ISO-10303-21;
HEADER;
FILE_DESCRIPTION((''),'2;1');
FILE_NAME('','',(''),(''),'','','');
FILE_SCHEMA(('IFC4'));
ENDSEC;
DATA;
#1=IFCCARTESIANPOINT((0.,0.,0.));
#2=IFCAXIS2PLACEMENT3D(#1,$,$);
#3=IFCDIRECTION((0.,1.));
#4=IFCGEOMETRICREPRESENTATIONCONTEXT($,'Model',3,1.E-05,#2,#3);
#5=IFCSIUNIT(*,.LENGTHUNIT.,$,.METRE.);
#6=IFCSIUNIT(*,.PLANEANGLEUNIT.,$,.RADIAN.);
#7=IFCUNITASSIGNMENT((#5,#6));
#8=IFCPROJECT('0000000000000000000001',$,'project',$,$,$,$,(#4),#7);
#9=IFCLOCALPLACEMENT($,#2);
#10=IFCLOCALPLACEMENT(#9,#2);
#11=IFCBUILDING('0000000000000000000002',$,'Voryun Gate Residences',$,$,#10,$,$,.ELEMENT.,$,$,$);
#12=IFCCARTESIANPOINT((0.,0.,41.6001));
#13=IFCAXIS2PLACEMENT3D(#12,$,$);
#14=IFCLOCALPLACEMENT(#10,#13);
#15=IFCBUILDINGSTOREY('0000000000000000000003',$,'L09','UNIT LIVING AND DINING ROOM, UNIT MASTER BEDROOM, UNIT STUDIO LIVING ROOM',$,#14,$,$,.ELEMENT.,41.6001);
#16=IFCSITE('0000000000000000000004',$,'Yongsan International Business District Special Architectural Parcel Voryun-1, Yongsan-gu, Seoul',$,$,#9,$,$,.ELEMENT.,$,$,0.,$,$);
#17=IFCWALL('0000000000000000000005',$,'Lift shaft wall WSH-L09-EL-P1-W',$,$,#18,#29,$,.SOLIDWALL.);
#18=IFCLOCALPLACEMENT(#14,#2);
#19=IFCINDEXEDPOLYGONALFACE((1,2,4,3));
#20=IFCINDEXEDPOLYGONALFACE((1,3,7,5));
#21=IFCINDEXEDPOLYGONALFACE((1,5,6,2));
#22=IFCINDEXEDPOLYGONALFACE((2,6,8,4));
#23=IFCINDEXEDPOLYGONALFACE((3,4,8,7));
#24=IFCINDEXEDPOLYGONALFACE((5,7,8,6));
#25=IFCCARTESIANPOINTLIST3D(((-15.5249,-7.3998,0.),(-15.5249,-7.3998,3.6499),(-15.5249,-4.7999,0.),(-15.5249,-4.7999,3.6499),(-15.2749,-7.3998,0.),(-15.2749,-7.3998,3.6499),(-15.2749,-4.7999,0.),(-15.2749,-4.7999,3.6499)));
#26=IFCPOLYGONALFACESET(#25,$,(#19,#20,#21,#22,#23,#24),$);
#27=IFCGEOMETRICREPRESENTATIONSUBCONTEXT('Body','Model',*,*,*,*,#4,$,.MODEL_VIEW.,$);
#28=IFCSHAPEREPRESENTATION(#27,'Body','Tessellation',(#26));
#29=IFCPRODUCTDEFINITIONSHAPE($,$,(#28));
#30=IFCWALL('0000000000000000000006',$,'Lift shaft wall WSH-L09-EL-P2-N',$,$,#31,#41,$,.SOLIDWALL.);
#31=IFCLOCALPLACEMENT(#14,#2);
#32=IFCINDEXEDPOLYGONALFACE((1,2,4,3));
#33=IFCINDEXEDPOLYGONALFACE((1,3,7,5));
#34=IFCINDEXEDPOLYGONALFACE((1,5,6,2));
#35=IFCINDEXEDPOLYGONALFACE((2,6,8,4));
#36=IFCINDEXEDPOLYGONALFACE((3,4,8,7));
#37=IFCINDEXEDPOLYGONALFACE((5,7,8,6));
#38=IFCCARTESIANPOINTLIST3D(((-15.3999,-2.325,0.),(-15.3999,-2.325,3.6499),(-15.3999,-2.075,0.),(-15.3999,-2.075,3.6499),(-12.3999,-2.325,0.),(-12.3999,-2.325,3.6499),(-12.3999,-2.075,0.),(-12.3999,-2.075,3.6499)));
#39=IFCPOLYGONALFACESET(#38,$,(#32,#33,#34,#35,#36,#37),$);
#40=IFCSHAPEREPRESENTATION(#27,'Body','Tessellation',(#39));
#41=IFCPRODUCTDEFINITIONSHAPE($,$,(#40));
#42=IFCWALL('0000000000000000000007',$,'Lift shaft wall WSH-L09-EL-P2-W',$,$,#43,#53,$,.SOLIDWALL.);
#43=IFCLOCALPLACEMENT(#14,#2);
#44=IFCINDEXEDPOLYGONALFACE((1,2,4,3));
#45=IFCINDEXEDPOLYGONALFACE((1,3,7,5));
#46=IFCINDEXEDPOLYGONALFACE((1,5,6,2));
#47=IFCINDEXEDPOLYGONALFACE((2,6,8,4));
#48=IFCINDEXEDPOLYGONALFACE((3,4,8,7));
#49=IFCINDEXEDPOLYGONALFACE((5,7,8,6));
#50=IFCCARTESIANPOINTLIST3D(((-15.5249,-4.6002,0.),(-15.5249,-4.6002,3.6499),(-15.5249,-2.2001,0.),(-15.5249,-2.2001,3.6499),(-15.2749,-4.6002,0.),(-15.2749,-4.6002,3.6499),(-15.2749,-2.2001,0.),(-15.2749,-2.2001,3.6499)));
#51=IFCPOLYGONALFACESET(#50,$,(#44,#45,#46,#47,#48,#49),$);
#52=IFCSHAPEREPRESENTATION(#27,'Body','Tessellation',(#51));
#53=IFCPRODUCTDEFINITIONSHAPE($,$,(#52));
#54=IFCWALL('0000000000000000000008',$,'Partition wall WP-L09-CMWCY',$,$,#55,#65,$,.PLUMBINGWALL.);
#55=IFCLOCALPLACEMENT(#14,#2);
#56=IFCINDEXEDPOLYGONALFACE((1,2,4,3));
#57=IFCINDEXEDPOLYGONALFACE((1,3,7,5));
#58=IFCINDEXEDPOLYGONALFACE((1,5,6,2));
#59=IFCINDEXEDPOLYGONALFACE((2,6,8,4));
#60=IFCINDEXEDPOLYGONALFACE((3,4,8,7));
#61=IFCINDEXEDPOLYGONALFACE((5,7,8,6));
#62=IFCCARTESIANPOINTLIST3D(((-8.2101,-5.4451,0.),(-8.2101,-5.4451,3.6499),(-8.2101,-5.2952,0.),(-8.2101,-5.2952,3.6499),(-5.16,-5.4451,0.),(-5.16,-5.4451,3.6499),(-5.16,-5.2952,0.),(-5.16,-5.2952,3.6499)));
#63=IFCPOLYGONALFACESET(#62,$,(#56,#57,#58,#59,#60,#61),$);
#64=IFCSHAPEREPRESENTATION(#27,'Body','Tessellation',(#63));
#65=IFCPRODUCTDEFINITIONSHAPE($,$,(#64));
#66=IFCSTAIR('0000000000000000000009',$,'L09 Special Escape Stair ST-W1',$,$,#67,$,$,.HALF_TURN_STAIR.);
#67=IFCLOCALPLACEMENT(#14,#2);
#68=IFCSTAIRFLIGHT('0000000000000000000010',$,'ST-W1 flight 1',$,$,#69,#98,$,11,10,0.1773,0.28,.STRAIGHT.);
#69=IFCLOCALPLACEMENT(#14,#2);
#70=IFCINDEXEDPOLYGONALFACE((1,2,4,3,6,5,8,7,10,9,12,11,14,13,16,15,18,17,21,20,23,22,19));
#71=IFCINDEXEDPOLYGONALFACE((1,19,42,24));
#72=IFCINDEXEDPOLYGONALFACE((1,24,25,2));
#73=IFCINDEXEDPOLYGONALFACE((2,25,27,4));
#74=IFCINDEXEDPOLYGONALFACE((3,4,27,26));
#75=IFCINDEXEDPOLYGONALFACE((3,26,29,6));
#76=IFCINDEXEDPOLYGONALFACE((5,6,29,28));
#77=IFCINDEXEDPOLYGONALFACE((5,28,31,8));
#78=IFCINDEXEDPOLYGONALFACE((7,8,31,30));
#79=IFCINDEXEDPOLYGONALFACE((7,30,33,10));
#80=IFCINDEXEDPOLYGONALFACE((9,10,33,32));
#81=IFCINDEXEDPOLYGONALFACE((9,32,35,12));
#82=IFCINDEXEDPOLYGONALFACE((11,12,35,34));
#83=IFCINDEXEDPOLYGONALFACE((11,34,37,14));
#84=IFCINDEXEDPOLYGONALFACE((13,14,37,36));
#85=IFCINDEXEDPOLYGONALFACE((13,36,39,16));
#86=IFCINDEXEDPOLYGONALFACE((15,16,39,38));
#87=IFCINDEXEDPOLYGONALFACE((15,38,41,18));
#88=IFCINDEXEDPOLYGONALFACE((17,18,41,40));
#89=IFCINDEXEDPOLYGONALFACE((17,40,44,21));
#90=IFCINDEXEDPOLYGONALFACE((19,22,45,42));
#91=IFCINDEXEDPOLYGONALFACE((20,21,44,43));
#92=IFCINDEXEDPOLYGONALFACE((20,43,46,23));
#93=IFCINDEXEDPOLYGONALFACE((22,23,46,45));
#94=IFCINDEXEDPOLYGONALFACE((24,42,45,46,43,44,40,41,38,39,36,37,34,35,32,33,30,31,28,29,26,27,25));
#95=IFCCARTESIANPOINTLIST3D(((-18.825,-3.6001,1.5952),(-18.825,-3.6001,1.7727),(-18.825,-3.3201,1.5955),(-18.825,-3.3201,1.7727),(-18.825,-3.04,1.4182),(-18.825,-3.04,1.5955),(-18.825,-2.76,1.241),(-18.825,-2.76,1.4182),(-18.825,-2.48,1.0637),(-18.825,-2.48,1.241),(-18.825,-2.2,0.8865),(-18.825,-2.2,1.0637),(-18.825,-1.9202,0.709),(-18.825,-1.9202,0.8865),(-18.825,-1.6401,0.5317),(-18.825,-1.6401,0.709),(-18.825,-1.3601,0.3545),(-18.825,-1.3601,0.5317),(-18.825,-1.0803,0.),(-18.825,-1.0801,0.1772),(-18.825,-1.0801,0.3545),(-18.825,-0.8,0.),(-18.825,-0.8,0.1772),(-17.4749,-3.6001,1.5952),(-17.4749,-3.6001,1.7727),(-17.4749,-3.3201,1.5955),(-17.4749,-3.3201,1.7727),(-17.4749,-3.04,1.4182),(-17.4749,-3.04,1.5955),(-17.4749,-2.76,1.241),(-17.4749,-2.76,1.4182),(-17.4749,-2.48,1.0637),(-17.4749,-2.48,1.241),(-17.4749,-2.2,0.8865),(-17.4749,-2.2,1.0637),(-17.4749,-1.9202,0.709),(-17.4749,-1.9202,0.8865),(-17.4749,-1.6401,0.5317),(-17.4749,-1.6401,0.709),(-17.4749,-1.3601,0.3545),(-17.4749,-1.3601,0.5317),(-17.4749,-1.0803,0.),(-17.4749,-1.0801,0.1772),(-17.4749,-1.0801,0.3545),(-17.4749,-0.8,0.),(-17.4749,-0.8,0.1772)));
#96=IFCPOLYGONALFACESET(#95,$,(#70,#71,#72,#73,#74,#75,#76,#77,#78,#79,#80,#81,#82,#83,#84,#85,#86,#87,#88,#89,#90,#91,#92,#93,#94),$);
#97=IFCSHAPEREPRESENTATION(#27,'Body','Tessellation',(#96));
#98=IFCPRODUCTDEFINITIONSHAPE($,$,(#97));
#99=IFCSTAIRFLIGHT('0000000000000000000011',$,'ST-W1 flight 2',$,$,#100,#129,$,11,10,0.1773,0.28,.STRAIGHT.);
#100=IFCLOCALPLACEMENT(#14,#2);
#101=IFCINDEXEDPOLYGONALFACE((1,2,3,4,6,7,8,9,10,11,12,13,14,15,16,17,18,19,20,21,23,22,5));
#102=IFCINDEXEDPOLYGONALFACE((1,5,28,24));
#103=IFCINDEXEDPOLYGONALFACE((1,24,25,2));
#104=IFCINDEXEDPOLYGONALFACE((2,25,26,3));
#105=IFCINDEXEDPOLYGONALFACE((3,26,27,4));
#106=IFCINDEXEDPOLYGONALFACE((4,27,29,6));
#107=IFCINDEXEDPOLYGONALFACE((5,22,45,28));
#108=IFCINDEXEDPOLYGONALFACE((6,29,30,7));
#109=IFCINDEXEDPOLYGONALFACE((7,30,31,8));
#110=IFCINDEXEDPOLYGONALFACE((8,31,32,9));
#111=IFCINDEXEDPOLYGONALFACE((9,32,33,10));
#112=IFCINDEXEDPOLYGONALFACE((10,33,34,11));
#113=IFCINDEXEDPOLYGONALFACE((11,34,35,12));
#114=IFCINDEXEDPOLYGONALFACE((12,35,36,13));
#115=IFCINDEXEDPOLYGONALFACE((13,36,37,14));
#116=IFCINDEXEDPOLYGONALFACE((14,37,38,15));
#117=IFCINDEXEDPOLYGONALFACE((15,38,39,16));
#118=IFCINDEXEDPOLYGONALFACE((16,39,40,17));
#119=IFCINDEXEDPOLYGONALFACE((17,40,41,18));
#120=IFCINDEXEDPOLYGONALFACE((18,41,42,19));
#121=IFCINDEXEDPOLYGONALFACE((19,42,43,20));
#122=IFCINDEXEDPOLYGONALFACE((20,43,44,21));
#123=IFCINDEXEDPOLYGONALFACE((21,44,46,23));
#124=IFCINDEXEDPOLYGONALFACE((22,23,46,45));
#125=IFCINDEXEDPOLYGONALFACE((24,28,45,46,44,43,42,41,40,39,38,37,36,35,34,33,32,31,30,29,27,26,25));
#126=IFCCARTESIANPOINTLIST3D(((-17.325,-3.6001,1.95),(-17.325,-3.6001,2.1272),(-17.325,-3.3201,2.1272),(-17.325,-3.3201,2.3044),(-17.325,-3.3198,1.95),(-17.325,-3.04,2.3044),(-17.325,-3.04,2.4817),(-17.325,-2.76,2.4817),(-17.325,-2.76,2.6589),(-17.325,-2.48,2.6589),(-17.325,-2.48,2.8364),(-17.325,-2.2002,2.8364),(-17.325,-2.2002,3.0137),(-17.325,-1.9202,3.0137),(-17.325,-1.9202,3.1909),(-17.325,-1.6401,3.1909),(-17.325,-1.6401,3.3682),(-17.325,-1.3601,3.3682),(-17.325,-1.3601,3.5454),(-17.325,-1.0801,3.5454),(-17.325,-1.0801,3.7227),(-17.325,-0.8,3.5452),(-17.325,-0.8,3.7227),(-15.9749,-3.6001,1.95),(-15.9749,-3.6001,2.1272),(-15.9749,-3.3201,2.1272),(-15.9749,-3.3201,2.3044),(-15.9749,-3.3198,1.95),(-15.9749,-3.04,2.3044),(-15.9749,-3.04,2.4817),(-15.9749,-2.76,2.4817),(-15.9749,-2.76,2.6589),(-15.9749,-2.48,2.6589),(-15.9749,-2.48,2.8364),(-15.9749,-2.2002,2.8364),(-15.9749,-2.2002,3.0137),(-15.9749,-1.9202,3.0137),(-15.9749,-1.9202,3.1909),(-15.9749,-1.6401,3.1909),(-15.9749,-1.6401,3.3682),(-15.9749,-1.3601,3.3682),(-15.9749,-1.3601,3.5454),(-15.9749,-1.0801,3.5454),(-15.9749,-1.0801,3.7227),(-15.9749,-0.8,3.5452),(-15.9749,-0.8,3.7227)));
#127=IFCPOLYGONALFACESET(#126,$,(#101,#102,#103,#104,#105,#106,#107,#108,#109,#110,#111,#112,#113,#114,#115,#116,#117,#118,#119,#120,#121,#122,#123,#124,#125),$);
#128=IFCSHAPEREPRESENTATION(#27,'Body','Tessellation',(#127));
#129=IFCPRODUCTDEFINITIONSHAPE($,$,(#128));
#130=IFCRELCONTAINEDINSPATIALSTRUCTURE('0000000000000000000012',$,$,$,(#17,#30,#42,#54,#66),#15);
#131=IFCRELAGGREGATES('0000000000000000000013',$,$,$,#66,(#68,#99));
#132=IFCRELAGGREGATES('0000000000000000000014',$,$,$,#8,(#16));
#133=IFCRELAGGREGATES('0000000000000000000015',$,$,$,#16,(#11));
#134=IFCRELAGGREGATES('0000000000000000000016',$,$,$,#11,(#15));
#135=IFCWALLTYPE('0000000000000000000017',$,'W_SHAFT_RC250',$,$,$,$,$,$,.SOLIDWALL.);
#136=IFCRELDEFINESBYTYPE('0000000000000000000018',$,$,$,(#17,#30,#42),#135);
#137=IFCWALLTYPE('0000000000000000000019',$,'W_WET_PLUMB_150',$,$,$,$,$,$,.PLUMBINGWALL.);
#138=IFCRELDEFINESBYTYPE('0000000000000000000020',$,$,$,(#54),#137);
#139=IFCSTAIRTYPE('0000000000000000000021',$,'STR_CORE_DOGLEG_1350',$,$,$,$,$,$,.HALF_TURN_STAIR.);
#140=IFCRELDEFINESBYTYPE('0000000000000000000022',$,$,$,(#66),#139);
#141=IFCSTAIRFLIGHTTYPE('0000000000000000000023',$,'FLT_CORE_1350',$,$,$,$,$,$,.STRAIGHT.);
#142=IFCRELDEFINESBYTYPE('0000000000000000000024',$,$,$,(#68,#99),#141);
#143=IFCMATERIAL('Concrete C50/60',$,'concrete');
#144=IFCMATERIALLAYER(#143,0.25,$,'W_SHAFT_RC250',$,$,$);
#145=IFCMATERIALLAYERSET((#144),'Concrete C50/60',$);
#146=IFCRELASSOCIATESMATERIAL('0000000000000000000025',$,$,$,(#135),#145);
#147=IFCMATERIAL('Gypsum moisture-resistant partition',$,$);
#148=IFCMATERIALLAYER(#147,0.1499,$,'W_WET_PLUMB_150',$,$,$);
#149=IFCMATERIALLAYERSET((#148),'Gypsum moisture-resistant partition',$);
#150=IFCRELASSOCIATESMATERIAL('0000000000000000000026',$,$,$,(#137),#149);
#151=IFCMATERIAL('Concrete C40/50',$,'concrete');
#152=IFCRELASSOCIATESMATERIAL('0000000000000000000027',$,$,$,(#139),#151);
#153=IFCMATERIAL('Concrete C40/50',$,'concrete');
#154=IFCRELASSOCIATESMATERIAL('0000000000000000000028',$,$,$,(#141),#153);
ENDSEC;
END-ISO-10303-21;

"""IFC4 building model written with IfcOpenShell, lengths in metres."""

from ifc_helpers import new_model, si_unit, direction, frame, frame_2d, origin, place, context, subcontext, project, spatial, polyline, rectangle, outline, extrude, material, layer, layer_set, type_object, element, aggregate, save


model = new_model("IFC4")

# Units and contexts
model_context = context("Model", 3, precision=1e-05, world=origin(), true_north=direction((0.0, 1.0)))
body_context = subcontext(model_context, "Body", "Model", "MODEL_VIEW")
ifc_project = project(units=[si_unit("LENGTHUNIT", "METRE"), si_unit("PLANEANGLEUNIT", "RADIAN")], contexts=[model_context])

# Site, building, storey
site_placement = place(None, origin())
site = spatial("IfcSite", under=ifc_project, at=site_placement, Name="Yongsan International Business District Special Architectural Parcel Voryun-1, Yongsan-gu, Seoul", CompositionType="ELEMENT", RefElevation=0.0)
building_placement = place(site_placement, origin())
building = spatial("IfcBuilding", under=site, at=building_placement, Name="Voryun Gate Residences", CompositionType="ELEMENT")
storey_placement = place(building_placement, frame((0.0, 0.0, 41.6001)))
storey = spatial("IfcBuildingStorey", under=building, at=storey_placement, Name="L09", Description="UNIT LIVING AND DINING ROOM, UNIT MASTER BEDROOM, UNIT STUDIO LIVING ROOM", CompositionType="ELEMENT", Elevation=41.6001)

# Walls
ifc_material_1 = material(Name="Concrete C50/60", Category="concrete")
ifc_layer_1 = layer(ifc_material_1, 0.25, Name="W_SHAFT_RC250")
ifc_layer_set_1 = layer_set([ifc_layer_1], Name="Concrete C50/60")
wall_type_1 = type_object("IfcWallType", Name="W_SHAFT_RC250", PredefinedType="SOLIDWALL", material=ifc_layer_set_1)
wall_1_placement = place(storey_placement, frame((-15.3999, -4.8, 0.0), z_axis=(0.0, 0.0, 1.0), x_axis=(0.0, -1.0, 0.0)))
element("IfcWall", 1, at=wall_1_placement, inside=storey, type_object=wall_type_1, Name="Lift shaft wall WSH-L09-EL-P1-W", PredefinedType="SOLIDWALL", context=body_context, shape_type="SweptSolid", body=[
    extrude(rectangle(XDim=2.5999, YDim=0.25, at=frame_2d((1.2998, 0.0))), origin(), (0.0, 0.0, 1.0), 3.6499),
])
wall_2_placement = place(storey_placement, frame((-12.3999, -2.2, 0.0), z_axis=(0.0, 0.0, 1.0), x_axis=(-1.0, 0.0, 0.0)))
element("IfcWall", 2, at=wall_2_placement, inside=storey, type_object=wall_type_1, Name="Lift shaft wall WSH-L09-EL-P2-N", PredefinedType="SOLIDWALL", context=body_context, shape_type="SweptSolid", body=[
    extrude(rectangle(XDim=3.0, YDim=0.25, at=frame_2d((1.5, 0.0))), origin(), (0.0, 0.0, 1.0), 3.6499),
])
wall_3_placement = place(storey_placement, frame((-15.3999, -2.2, 0.0), z_axis=(0.0, 0.0, 1.0), x_axis=(0.0, -1.0, 0.0)))
element("IfcWall", 3, at=wall_3_placement, inside=storey, type_object=wall_type_1, Name="Lift shaft wall WSH-L09-EL-P2-W", PredefinedType="SOLIDWALL", context=body_context, shape_type="SweptSolid", body=[
    extrude(rectangle(XDim=2.4001, YDim=0.25, at=frame_2d((1.2002, 0.0))), origin(), (0.0, 0.0, 1.0), 3.6499),
])
ifc_material_2 = material(Name="Gypsum moisture-resistant partition")
ifc_layer_2 = layer(ifc_material_2, 0.1499, Name="W_WET_PLUMB_150")
ifc_layer_set_2 = layer_set([ifc_layer_2], Name="Gypsum moisture-resistant partition")
wall_type_2 = type_object("IfcWallType", Name="W_WET_PLUMB_150", PredefinedType="PLUMBINGWALL", material=ifc_layer_set_2)
wall_4_placement = place(storey_placement, frame((-8.21, -5.3701, 0.0), z_axis=(0.0, 0.0, 1.0), x_axis=(1.0, 0.0, 0.0)))
element("IfcWall", 4, at=wall_4_placement, inside=storey, type_object=wall_type_2, Name="Partition wall WP-L09-CMWCY", PredefinedType="PLUMBINGWALL", context=body_context, shape_type="SweptSolid", body=[
    extrude(rectangle(XDim=3.05, YDim=0.1499, at=frame_2d((1.5249, 0.0))), origin(), (0.0, 0.0, 1.0), 3.6499),
])

# Stair, stair flights
ifc_material_3 = material(Name="Concrete C40/50", Category="concrete")
stair_type = type_object("IfcStairType", Name="STR_CORE_DOGLEG_1350", PredefinedType="HALF_TURN_STAIR", material=ifc_material_3)
stair_placement = place(storey_placement, origin())
stair = element("IfcStair", 5, at=stair_placement, inside=storey, type_object=stair_type, Name="L09 Special Escape Stair ST-W1", PredefinedType="HALF_TURN_STAIR")
ifc_material_4 = material(Name="Concrete C40/50", Category="concrete")
stair_flight_type = type_object("IfcStairFlightType", Name="FLT_CORE_1350", PredefinedType="STRAIGHT", material=ifc_material_4)
stair_flight_1_placement = place(storey_placement, frame((-18.1499, -0.8, 0.0), z_axis=(0.0, 0.0, 1.0), x_axis=(0.0, -1.0, 0.0)))
stair_flight_1 = element("IfcStairFlight", 6, at=stair_flight_1_placement, type_object=stair_flight_type, Name="ST-W1 flight 1", NumberOfRisers=11, NumberOfTreads=10, PredefinedType="STRAIGHT", RiserHeight=0.1773, TreadLength=0.28, context=body_context, shape_type="SweptSolid", body=[
    extrude(outline(polyline([(0.0, 0.0), (0.0, 0.1772), (0.28, 0.1772), (0.28, 0.3545), (0.5601, 0.3545), (0.5601, 0.5317), (0.8401, 0.5317), (0.8401, 0.709), (1.1201, 0.709), (1.1201, 0.8865), (1.3999, 0.8865), (1.3999, 1.0637), (1.6799, 1.0637), (1.6799, 1.241), (1.96, 1.241), (1.96, 1.4182), (2.24, 1.4182), (2.24, 1.5955), (2.52, 1.5955), (2.52, 1.7727), (2.8, 1.7727), (2.8, 1.95), (2.8, 1.5952), (0.2803, 0.0), (0.0, 0.0)])), frame((0.0, 0.675, 0.0), z_axis=(0.0, -1.0, 0.0), x_axis=(1.0, 0.0, 0.0)), (0.0, 0.0, 1.0), 1.3501),
])
stair_flight_2_placement = place(storey_placement, frame((-16.6499, -3.6001, 1.95), z_axis=(0.0, 0.0, 1.0), x_axis=(0.0, 1.0, 0.0)))
stair_flight_2 = element("IfcStairFlight", 7, at=stair_flight_2_placement, type_object=stair_flight_type, Name="ST-W1 flight 2", NumberOfRisers=11, NumberOfTreads=10, PredefinedType="STRAIGHT", RiserHeight=0.1773, TreadLength=0.28, context=body_context, shape_type="SweptSolid", body=[
    extrude(outline(polyline([(0.0, 0.0), (0.0, 0.1772), (0.28, 0.1772), (0.28, 0.3545), (0.5601, 0.3545), (0.5601, 0.5317), (0.8401, 0.5317), (0.8401, 0.709), (1.1201, 0.709), (1.1201, 0.8865), (1.3999, 0.8865), (1.3999, 1.0637), (1.6799, 1.0637), (1.6799, 1.241), (1.96, 1.241), (1.96, 1.4182), (2.24, 1.4182), (2.24, 1.5955), (2.52, 1.5955), (2.52, 1.7727), (2.8, 1.7727), (2.8, 1.95), (2.8, 1.5952), (0.2803, 0.0), (0.0, 0.0)])), frame((0.0, 0.675, 0.0), z_axis=(0.0, -1.0, 0.0), x_axis=(1.0, 0.0, 0.0)), (0.0, 0.0, 1.0), 1.3501),
])
aggregate(stair, [stair_flight_1, stair_flight_2])

save(model, "model.ifc")
